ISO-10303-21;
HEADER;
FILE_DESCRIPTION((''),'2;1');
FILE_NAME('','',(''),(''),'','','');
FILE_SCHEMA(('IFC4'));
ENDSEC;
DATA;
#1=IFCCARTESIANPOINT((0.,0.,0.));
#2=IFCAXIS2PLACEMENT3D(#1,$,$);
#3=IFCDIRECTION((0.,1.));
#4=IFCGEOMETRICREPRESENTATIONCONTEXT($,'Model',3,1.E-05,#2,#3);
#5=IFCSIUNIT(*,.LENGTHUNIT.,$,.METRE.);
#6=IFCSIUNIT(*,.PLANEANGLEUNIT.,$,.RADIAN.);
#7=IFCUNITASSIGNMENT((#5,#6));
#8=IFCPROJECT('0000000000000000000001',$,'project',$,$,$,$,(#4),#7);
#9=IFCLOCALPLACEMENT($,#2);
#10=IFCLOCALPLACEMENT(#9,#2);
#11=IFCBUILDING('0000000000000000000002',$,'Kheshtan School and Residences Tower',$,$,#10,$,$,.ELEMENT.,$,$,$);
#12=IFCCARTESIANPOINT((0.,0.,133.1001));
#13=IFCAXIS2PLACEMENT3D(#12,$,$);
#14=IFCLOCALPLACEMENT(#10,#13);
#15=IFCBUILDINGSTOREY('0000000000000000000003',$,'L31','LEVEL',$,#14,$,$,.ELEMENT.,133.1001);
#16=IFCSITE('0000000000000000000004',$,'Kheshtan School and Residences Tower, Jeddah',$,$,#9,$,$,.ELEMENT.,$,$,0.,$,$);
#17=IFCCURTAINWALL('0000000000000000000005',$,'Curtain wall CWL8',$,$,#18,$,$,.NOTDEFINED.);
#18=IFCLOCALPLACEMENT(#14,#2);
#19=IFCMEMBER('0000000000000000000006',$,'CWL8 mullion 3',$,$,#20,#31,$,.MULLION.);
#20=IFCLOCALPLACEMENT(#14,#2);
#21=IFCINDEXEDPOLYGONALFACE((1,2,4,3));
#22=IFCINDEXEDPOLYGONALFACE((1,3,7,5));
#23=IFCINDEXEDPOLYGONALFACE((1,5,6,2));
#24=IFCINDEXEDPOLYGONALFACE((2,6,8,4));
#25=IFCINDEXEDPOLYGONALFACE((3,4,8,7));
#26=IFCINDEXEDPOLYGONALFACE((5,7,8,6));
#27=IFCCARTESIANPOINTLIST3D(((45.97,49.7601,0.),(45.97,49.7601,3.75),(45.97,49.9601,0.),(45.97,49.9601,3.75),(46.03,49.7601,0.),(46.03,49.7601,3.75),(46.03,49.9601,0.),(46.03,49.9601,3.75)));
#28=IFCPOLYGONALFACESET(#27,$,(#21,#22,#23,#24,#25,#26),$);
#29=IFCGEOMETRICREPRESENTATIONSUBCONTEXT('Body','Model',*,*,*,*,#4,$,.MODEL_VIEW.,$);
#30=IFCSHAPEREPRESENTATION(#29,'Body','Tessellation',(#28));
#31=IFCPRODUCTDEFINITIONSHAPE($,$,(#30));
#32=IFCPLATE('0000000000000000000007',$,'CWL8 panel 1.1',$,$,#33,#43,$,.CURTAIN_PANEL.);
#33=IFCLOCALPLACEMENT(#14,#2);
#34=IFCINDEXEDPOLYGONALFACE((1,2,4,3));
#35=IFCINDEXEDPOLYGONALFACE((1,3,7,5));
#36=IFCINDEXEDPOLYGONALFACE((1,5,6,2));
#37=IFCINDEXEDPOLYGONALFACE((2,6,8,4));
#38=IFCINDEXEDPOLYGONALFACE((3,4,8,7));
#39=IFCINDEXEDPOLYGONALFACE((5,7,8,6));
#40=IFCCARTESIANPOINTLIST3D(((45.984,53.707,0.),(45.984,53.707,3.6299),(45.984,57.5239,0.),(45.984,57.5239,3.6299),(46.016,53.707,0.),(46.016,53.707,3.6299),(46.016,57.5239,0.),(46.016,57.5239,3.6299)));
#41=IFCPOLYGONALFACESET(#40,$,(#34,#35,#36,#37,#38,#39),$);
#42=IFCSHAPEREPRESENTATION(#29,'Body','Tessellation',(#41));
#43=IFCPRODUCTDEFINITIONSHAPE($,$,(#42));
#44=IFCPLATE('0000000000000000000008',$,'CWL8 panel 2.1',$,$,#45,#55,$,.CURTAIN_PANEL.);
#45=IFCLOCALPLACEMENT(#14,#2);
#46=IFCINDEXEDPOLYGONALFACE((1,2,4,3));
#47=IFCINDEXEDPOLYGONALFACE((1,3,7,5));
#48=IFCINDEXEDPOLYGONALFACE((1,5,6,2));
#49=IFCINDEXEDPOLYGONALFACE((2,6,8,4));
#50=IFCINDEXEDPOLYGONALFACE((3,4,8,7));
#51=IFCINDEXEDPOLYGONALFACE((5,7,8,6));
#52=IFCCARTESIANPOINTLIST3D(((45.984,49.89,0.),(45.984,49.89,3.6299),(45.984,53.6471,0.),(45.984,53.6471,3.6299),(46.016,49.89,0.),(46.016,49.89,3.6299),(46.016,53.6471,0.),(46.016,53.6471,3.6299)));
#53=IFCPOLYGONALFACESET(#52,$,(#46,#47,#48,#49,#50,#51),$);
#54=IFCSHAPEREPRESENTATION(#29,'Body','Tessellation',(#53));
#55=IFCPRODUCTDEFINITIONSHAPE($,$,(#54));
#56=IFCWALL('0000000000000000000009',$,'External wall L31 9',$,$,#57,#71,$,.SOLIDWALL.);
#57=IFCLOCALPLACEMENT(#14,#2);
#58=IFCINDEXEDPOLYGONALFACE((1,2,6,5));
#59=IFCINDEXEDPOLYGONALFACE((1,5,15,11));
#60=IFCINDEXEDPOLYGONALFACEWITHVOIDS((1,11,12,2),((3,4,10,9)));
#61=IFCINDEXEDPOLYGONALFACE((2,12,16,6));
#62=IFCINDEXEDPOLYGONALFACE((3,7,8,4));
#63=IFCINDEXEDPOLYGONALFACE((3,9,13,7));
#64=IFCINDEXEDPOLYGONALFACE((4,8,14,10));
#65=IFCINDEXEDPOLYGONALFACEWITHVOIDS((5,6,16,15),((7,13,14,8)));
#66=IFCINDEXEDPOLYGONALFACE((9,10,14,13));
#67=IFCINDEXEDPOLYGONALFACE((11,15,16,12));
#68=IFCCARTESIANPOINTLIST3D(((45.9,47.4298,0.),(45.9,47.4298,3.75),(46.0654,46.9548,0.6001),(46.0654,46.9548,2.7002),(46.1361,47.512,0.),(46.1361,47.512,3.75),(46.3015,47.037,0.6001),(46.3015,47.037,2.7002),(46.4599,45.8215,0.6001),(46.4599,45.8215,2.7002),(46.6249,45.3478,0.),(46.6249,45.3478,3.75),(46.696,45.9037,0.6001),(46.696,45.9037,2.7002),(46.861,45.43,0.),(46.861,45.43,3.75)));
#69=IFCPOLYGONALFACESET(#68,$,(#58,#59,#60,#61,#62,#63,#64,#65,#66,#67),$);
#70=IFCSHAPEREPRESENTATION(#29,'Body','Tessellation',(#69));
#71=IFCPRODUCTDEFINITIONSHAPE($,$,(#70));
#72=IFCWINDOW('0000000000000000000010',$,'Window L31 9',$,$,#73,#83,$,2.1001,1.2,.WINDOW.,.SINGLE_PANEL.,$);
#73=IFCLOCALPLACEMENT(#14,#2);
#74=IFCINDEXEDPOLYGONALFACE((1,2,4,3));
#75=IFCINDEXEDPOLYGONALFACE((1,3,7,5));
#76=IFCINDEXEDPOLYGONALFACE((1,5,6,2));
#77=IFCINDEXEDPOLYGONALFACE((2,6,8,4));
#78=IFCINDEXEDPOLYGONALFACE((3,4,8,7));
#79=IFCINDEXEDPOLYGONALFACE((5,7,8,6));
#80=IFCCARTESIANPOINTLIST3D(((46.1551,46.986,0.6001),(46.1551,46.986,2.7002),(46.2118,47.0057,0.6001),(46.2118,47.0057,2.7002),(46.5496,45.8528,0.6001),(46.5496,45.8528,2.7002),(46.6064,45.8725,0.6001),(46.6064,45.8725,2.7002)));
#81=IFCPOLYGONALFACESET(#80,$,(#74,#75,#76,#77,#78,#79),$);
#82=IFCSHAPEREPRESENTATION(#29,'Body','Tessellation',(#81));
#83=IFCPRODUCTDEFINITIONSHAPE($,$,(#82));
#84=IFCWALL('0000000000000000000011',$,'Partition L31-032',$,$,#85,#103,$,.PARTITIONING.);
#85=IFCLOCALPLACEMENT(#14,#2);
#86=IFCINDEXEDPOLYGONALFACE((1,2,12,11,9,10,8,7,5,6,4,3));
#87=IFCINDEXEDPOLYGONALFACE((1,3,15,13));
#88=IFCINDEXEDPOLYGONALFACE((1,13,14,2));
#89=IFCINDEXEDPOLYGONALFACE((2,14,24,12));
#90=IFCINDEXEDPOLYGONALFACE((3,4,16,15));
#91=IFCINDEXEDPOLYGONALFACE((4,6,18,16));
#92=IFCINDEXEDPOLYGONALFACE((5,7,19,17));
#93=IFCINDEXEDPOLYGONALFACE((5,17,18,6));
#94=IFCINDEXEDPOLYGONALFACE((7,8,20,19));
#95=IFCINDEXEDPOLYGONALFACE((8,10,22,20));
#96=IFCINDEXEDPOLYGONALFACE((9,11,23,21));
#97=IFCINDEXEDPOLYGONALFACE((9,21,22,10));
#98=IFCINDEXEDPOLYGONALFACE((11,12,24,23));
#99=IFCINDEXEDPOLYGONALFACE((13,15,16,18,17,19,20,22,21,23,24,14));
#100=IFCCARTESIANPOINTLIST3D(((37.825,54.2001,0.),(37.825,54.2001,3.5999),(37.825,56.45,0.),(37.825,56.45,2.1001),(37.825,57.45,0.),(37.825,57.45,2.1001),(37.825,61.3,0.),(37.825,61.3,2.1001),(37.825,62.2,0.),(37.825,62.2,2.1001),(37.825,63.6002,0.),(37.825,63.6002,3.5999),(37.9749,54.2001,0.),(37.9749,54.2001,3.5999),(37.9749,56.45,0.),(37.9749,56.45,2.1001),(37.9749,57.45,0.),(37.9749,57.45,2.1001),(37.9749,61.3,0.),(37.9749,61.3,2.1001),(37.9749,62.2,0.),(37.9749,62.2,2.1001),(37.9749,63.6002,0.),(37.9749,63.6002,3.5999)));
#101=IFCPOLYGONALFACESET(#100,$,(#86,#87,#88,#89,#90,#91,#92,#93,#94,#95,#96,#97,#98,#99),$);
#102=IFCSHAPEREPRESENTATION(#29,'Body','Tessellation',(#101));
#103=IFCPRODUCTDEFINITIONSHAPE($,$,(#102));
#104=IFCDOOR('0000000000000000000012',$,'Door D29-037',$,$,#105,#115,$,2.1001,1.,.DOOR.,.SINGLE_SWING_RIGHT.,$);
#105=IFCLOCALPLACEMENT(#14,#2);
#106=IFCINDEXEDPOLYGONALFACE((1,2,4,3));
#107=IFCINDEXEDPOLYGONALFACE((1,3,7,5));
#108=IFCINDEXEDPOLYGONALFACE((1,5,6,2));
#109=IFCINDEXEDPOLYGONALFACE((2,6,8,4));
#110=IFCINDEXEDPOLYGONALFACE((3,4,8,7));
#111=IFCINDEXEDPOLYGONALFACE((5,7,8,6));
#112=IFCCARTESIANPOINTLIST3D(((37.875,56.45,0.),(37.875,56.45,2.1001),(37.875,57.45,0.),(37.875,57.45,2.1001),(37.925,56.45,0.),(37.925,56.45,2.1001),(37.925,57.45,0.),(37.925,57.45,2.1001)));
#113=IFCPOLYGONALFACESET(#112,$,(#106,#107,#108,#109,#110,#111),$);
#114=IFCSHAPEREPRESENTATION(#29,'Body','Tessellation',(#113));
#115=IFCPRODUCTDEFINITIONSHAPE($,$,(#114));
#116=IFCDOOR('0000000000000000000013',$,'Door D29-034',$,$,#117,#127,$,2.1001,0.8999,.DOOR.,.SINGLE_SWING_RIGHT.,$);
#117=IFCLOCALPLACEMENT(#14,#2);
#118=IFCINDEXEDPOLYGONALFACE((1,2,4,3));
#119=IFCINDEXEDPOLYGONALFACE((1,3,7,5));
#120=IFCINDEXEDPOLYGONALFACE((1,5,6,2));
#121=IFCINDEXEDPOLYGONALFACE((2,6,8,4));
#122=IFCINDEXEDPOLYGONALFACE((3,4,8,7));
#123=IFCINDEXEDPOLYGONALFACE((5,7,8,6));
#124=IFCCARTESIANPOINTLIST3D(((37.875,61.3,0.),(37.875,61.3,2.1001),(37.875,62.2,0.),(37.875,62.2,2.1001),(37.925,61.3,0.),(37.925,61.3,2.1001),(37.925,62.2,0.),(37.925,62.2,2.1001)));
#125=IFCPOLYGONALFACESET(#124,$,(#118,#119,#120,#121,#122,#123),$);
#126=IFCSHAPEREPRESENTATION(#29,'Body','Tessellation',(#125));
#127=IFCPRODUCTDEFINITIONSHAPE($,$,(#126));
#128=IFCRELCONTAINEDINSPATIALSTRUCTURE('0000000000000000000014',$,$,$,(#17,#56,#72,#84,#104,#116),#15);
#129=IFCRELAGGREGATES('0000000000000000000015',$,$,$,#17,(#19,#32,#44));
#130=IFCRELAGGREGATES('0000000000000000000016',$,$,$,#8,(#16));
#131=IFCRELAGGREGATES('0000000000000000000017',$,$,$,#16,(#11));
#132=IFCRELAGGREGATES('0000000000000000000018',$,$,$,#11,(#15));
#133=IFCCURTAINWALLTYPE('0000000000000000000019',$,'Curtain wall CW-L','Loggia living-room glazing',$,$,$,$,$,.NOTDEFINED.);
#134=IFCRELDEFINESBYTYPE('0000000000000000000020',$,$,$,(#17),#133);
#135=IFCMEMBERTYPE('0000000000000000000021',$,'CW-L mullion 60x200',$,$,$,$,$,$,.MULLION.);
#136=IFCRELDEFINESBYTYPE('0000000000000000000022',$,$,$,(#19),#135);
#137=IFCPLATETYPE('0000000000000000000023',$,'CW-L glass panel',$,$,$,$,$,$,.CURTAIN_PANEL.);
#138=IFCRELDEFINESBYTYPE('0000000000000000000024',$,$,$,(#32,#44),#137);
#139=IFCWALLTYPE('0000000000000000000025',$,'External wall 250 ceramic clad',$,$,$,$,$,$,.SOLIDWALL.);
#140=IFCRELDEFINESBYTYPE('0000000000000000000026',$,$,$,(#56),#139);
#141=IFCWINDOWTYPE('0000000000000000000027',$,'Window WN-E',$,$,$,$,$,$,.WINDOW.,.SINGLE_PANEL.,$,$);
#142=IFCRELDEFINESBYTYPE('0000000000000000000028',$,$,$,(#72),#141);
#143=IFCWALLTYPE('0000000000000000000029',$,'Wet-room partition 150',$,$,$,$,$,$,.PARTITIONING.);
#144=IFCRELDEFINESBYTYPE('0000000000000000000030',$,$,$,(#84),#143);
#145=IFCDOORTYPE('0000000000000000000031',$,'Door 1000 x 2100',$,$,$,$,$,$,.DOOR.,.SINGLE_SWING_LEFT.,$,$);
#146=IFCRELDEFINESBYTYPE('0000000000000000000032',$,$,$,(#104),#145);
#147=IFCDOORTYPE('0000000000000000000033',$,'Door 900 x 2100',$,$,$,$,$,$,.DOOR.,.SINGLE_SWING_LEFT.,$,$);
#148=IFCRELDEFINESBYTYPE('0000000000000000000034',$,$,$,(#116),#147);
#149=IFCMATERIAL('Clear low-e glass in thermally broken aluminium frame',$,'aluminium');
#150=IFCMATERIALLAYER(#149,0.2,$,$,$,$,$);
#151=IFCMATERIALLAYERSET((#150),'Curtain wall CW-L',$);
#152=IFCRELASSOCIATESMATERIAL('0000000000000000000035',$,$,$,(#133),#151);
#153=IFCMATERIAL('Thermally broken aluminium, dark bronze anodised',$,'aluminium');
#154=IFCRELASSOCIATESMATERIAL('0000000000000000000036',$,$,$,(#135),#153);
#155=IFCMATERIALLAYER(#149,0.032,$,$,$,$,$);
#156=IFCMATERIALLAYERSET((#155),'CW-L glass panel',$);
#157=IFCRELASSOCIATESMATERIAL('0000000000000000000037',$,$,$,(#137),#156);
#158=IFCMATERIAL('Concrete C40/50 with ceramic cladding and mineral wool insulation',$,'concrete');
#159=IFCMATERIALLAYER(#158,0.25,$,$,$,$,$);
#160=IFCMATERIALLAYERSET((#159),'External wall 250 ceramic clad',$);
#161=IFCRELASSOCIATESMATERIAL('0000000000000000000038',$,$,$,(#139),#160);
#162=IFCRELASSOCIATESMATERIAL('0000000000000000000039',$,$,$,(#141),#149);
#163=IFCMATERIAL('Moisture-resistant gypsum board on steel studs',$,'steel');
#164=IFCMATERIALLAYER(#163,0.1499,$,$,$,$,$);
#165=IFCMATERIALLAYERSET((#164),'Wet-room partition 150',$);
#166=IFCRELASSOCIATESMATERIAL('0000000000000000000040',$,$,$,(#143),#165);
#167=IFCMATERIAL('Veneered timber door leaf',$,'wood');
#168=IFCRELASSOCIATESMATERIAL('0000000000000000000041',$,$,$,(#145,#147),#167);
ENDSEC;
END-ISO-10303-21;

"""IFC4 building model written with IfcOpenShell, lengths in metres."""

from ifc_helpers import new_model, si_unit, direction, frame, frame_2d, origin, origin_2d, place, context, subcontext, project, spatial, rectangle, extrude, source, transform, mapped, material, layer, layer_set, material_profile, profile_set, type_object, element, fill, aggregate, save


model = new_model("IFC4")

# Units and contexts
model_context = context("Model", 3, precision=1e-05, world=origin(), true_north=direction((0.0, 1.0)))
body_context = subcontext(model_context, "Body", "Model", "MODEL_VIEW")
ifc_project = project(units=[si_unit("LENGTHUNIT", "METRE"), si_unit("PLANEANGLEUNIT", "RADIAN")], contexts=[model_context])

# Site, building, storey
site_placement = place(None, origin())
site = spatial("IfcSite", under=ifc_project, at=site_placement, Name="Kheshtan School and Residences Tower, Jeddah", CompositionType="ELEMENT", RefElevation=0.0)
building_placement = place(site_placement, origin())
building = spatial("IfcBuilding", under=site, at=building_placement, Name="Kheshtan School and Residences Tower", CompositionType="ELEMENT")
storey_placement = place(building_placement, frame((0.0, 0.0, 133.1001)))
storey = spatial("IfcBuildingStorey", under=building, at=storey_placement, Name="L31", Description="LEVEL", CompositionType="ELEMENT", Elevation=133.1001)

# Curtain wall, member, plates
ifc_material_1 = material(Name="Clear low-e glass in thermally broken aluminium frame", Category="aluminium")
ifc_layer_1 = layer(ifc_material_1, 0.2)
ifc_layer_set_1 = layer_set([ifc_layer_1], Name="Curtain wall CW-L")
curtain_wall_type = type_object("IfcCurtainWallType", Name="Curtain wall CW-L", Description="Loggia living-room glazing", PredefinedType="NOTDEFINED", material=ifc_layer_set_1)
curtain_wall_placement = place(storey_placement, origin())
curtain_wall = element("IfcCurtainWall", 1, at=curtain_wall_placement, inside=storey, type_object=curtain_wall_type, Name="Curtain wall CWL8", PredefinedType="NOTDEFINED")
ifc_material_2 = material(Name="Thermally broken aluminium, dark bronze anodised", Category="aluminium")
ifc_material_profile_1 = material_profile(ifc_material_2, rectangle(XDim=0.0601, YDim=0.2, at=origin_2d()), Name="CW-L mullion 60x200")
ifc_profile_set_1 = profile_set([ifc_material_profile_1], Name="Thermally broken aluminium, dark bronze anodised")
member_type = type_object("IfcMemberType", Name="CW-L mullion 60x200", PredefinedType="MULLION", material=ifc_profile_set_1)
member_1_placement = place(storey_placement, frame((46.0, 49.8601, 0.0), z_axis=(0.0, 0.0, 1.0), x_axis=(1.0, 0.0, 0.0)))
member_1 = element("IfcMember", 2, at=member_1_placement, type_object=member_type, Name="CWL8 mullion 3", PredefinedType="MULLION", context=body_context, shape_type="SweptSolid", body=[
    extrude(rectangle(XDim=0.0601, YDim=0.2, at=origin_2d()), origin(), (0.0, 0.0, 1.0), 3.75),
])
ifc_layer_2 = layer(ifc_material_1, 0.032)
ifc_layer_set_2 = layer_set([ifc_layer_2], Name="CW-L glass panel")
plate_type = type_object("IfcPlateType", Name="CW-L glass panel", PredefinedType="CURTAIN_PANEL", material=ifc_layer_set_2)
plate_1_placement = place(storey_placement, frame((46.0, 55.6155, 0.0), z_axis=(0.0, 0.0, 1.0), x_axis=(0.0, -1.0, 0.0)))
plate_1 = element("IfcPlate", 3, at=plate_1_placement, type_object=plate_type, Name="CWL8 panel 1.1", PredefinedType="CURTAIN_PANEL", context=body_context, shape_type="SweptSolid", body=[
    extrude(rectangle(XDim=3.8169, YDim=0.032, at=origin_2d()), origin(), (0.0, 0.0, 1.0), 3.6299),
])
plate_2_placement = place(storey_placement, frame((46.0, 51.7686, 0.0), z_axis=(0.0, 0.0, 1.0), x_axis=(0.0, -1.0, 0.0)))
plate_2 = element("IfcPlate", 4, at=plate_2_placement, type_object=plate_type, Name="CWL8 panel 2.1", PredefinedType="CURTAIN_PANEL", context=body_context, shape_type="SweptSolid", body=[
    extrude(rectangle(XDim=3.7571, YDim=0.032, at=origin_2d()), origin(), (0.0, 0.0, 1.0), 3.6299),
])
aggregate(curtain_wall, [member_1, plate_1, plate_2])

# Wall, opening, window
ifc_material_3 = material(Name="Concrete C40/50 with ceramic cladding and mineral wool insulation", Category="concrete")
ifc_layer_3 = layer(ifc_material_3, 0.25)
ifc_layer_set_3 = layer_set([ifc_layer_3], Name="External wall 250 ceramic clad")
wall_type_1 = type_object("IfcWallType", Name="External wall 250 ceramic clad", PredefinedType="SOLIDWALL", material=ifc_layer_set_3)
wall_1_placement = place(storey_placement, frame((46.0181, 47.4709, 0.0), z_axis=(0.0, 0.0, 1.0), x_axis=(0.328791, -0.944403, 0.0)))
wall_1 = element("IfcWall", 5, at=wall_1_placement, inside=storey, type_object=wall_type_1, Name="External wall L31 9", PredefinedType="SOLIDWALL", context=body_context, shape_type="SweptSolid", body=[
    extrude(rectangle(XDim=2.2046, YDim=0.25, at=frame_2d((1.1023, 0.0))), origin(), (0.0, 0.0, 1.0), 3.75),
])
opening_1_placement = place(wall_1_placement, frame((0.5029, 0.0, 0.6001)))
opening_1 = element("IfcOpeningElement", 6, at=opening_1_placement, cuts=wall_1, PredefinedType="OPENING", context=body_context, shape_type="SweptSolid", body=[
    extrude(rectangle(XDim=1.2, YDim=2.1001, at=frame_2d((0.6001, 1.05))), frame((0.0, 0.135, 0.0), z_axis=(0.0, -1.0, 0.0), x_axis=(1.0, 0.0, 0.0)), (0.0, 0.0, 1.0), 0.27),
])
window_type = type_object("IfcWindowType", Name="Window WN-E", PartitioningType="SINGLE_PANEL", PredefinedType="WINDOW", material=ifc_material_1)
shared_shape_1 = source(origin(), body_context, "Body", "SweptSolid", [
    extrude(rectangle(XDim=1.2, YDim=2.1001, at=frame_2d((0.6001, 1.05))), frame((0.0, 0.03, 0.0), z_axis=(0.0, -1.0, 0.0), x_axis=(1.0, 0.0, 0.0)), (0.0, 0.0, 1.0), 0.0601),
])
window_placement = place(opening_1_placement, origin())
window = element("IfcWindow", 7, at=window_placement, inside=storey, type_object=window_type, Name="Window L31 9", OverallHeight=2.1001, OverallWidth=1.2, PartitioningType="SINGLE_PANEL", PredefinedType="WINDOW", context=body_context, shape_type="MappedRepresentation", body=[
    mapped(shared_shape_1, transform((0.0, 0.0, 0.0), x_axis=(1.0, 0.0, 0.0), y_axis=(0.0, 1.0, 0.0), z_axis=(0.0, 0.0, 1.0), scale=1.0)),
])
fill(opening_1, window)

# Wall, openings, doors
ifc_material_4 = material(Name="Moisture-resistant gypsum board on steel studs", Category="steel")
ifc_layer_4 = layer(ifc_material_4, 0.1499)
ifc_layer_set_4 = layer_set([ifc_layer_4], Name="Wet-room partition 150")
wall_type_2 = type_object("IfcWallType", Name="Wet-room partition 150", PredefinedType="PARTITIONING", material=ifc_layer_set_4)
wall_2_placement = place(storey_placement, frame((37.8999, 54.2, 0.0), z_axis=(0.0, 0.0, 1.0), x_axis=(0.0, 1.0, 0.0)))
wall_2 = element("IfcWall", 8, at=wall_2_placement, inside=storey, type_object=wall_type_2, Name="Partition L31-032", PredefinedType="PARTITIONING", context=body_context, shape_type="SweptSolid", body=[
    extrude(rectangle(XDim=9.4001, YDim=0.1499, at=frame_2d((4.7002, 0.0))), origin(), (0.0, 0.0, 1.0), 3.5999),
])
opening_2_placement = place(wall_2_placement, frame((7.1001, 0.0, 0.0)))
opening_2 = element("IfcOpeningElement", 9, at=opening_2_placement, cuts=wall_2, PredefinedType="OPENING", context=body_context, shape_type="SweptSolid", body=[
    extrude(rectangle(XDim=0.8999, YDim=2.1001, at=frame_2d((0.45, 1.05))), frame((0.0, 0.085, 0.0), z_axis=(0.0, -1.0, 0.0), x_axis=(1.0, 0.0, 0.0)), (0.0, 0.0, 1.0), 0.1699),
])
opening_3_placement = place(wall_2_placement, frame((2.25, 0.0, 0.0)))
opening_3 = element("IfcOpeningElement", 10, at=opening_3_placement, cuts=wall_2, PredefinedType="OPENING", context=body_context, shape_type="SweptSolid", body=[
    extrude(rectangle(XDim=1.0, YDim=2.1001, at=frame_2d((0.5, 1.05))), frame((0.0, 0.085, 0.0), z_axis=(0.0, -1.0, 0.0), x_axis=(1.0, 0.0, 0.0)), (0.0, 0.0, 1.0), 0.1699),
])
ifc_material_5 = material(Name="Veneered timber door leaf", Category="wood")
door_type_1 = type_object("IfcDoorType", Name="Door 1000 x 2100", OperationType="SINGLE_SWING_LEFT", PredefinedType="DOOR", material=ifc_material_5)
shared_shape_2 = source(origin(), body_context, "Body", "SweptSolid", [
    extrude(rectangle(XDim=1.0, YDim=2.1001, at=frame_2d((0.5, 1.05))), frame((0.0, 0.0249, 0.0), z_axis=(0.0, -1.0, 0.0), x_axis=(1.0, 0.0, 0.0)), (0.0, 0.0, 1.0), 0.05),
])
door_1_placement = place(opening_3_placement, origin())
door_1 = element("IfcDoor", 11, at=door_1_placement, inside=storey, type_object=door_type_1, Name="Door D29-037", OperationType="SINGLE_SWING_RIGHT", OverallHeight=2.1001, OverallWidth=1.0, PredefinedType="DOOR", context=body_context, shape_type="MappedRepresentation", body=[
    mapped(shared_shape_2, transform((0.0, 0.0, 0.0), x_axis=(1.0, 0.0, 0.0), y_axis=(0.0, 1.0, 0.0), z_axis=(0.0, 0.0, 1.0), scale=1.0)),
])
fill(opening_3, door_1)
door_type_2 = type_object("IfcDoorType", Name="Door 900 x 2100", OperationType="SINGLE_SWING_LEFT", PredefinedType="DOOR", material=ifc_material_5)
shared_shape_3 = source(origin(), body_context, "Body", "SweptSolid", [
    extrude(rectangle(XDim=0.8999, YDim=2.1001, at=frame_2d((0.45, 1.05))), frame((0.0, 0.0249, 0.0), z_axis=(0.0, -1.0, 0.0), x_axis=(1.0, 0.0, 0.0)), (0.0, 0.0, 1.0), 0.05),
])
door_2_placement = place(opening_2_placement, origin())
door_2 = element("IfcDoor", 12, at=door_2_placement, inside=storey, type_object=door_type_2, Name="Door D29-034", OperationType="SINGLE_SWING_RIGHT", OverallHeight=2.1001, OverallWidth=0.8999, PredefinedType="DOOR", context=body_context, shape_type="MappedRepresentation", body=[
    mapped(shared_shape_3, transform((0.0, 0.0, 0.0), x_axis=(1.0, 0.0, 0.0), y_axis=(0.0, 1.0, 0.0), z_axis=(0.0, 0.0, 1.0), scale=1.0)),
])
fill(opening_2, door_2)

save(model, "model.ifc")
